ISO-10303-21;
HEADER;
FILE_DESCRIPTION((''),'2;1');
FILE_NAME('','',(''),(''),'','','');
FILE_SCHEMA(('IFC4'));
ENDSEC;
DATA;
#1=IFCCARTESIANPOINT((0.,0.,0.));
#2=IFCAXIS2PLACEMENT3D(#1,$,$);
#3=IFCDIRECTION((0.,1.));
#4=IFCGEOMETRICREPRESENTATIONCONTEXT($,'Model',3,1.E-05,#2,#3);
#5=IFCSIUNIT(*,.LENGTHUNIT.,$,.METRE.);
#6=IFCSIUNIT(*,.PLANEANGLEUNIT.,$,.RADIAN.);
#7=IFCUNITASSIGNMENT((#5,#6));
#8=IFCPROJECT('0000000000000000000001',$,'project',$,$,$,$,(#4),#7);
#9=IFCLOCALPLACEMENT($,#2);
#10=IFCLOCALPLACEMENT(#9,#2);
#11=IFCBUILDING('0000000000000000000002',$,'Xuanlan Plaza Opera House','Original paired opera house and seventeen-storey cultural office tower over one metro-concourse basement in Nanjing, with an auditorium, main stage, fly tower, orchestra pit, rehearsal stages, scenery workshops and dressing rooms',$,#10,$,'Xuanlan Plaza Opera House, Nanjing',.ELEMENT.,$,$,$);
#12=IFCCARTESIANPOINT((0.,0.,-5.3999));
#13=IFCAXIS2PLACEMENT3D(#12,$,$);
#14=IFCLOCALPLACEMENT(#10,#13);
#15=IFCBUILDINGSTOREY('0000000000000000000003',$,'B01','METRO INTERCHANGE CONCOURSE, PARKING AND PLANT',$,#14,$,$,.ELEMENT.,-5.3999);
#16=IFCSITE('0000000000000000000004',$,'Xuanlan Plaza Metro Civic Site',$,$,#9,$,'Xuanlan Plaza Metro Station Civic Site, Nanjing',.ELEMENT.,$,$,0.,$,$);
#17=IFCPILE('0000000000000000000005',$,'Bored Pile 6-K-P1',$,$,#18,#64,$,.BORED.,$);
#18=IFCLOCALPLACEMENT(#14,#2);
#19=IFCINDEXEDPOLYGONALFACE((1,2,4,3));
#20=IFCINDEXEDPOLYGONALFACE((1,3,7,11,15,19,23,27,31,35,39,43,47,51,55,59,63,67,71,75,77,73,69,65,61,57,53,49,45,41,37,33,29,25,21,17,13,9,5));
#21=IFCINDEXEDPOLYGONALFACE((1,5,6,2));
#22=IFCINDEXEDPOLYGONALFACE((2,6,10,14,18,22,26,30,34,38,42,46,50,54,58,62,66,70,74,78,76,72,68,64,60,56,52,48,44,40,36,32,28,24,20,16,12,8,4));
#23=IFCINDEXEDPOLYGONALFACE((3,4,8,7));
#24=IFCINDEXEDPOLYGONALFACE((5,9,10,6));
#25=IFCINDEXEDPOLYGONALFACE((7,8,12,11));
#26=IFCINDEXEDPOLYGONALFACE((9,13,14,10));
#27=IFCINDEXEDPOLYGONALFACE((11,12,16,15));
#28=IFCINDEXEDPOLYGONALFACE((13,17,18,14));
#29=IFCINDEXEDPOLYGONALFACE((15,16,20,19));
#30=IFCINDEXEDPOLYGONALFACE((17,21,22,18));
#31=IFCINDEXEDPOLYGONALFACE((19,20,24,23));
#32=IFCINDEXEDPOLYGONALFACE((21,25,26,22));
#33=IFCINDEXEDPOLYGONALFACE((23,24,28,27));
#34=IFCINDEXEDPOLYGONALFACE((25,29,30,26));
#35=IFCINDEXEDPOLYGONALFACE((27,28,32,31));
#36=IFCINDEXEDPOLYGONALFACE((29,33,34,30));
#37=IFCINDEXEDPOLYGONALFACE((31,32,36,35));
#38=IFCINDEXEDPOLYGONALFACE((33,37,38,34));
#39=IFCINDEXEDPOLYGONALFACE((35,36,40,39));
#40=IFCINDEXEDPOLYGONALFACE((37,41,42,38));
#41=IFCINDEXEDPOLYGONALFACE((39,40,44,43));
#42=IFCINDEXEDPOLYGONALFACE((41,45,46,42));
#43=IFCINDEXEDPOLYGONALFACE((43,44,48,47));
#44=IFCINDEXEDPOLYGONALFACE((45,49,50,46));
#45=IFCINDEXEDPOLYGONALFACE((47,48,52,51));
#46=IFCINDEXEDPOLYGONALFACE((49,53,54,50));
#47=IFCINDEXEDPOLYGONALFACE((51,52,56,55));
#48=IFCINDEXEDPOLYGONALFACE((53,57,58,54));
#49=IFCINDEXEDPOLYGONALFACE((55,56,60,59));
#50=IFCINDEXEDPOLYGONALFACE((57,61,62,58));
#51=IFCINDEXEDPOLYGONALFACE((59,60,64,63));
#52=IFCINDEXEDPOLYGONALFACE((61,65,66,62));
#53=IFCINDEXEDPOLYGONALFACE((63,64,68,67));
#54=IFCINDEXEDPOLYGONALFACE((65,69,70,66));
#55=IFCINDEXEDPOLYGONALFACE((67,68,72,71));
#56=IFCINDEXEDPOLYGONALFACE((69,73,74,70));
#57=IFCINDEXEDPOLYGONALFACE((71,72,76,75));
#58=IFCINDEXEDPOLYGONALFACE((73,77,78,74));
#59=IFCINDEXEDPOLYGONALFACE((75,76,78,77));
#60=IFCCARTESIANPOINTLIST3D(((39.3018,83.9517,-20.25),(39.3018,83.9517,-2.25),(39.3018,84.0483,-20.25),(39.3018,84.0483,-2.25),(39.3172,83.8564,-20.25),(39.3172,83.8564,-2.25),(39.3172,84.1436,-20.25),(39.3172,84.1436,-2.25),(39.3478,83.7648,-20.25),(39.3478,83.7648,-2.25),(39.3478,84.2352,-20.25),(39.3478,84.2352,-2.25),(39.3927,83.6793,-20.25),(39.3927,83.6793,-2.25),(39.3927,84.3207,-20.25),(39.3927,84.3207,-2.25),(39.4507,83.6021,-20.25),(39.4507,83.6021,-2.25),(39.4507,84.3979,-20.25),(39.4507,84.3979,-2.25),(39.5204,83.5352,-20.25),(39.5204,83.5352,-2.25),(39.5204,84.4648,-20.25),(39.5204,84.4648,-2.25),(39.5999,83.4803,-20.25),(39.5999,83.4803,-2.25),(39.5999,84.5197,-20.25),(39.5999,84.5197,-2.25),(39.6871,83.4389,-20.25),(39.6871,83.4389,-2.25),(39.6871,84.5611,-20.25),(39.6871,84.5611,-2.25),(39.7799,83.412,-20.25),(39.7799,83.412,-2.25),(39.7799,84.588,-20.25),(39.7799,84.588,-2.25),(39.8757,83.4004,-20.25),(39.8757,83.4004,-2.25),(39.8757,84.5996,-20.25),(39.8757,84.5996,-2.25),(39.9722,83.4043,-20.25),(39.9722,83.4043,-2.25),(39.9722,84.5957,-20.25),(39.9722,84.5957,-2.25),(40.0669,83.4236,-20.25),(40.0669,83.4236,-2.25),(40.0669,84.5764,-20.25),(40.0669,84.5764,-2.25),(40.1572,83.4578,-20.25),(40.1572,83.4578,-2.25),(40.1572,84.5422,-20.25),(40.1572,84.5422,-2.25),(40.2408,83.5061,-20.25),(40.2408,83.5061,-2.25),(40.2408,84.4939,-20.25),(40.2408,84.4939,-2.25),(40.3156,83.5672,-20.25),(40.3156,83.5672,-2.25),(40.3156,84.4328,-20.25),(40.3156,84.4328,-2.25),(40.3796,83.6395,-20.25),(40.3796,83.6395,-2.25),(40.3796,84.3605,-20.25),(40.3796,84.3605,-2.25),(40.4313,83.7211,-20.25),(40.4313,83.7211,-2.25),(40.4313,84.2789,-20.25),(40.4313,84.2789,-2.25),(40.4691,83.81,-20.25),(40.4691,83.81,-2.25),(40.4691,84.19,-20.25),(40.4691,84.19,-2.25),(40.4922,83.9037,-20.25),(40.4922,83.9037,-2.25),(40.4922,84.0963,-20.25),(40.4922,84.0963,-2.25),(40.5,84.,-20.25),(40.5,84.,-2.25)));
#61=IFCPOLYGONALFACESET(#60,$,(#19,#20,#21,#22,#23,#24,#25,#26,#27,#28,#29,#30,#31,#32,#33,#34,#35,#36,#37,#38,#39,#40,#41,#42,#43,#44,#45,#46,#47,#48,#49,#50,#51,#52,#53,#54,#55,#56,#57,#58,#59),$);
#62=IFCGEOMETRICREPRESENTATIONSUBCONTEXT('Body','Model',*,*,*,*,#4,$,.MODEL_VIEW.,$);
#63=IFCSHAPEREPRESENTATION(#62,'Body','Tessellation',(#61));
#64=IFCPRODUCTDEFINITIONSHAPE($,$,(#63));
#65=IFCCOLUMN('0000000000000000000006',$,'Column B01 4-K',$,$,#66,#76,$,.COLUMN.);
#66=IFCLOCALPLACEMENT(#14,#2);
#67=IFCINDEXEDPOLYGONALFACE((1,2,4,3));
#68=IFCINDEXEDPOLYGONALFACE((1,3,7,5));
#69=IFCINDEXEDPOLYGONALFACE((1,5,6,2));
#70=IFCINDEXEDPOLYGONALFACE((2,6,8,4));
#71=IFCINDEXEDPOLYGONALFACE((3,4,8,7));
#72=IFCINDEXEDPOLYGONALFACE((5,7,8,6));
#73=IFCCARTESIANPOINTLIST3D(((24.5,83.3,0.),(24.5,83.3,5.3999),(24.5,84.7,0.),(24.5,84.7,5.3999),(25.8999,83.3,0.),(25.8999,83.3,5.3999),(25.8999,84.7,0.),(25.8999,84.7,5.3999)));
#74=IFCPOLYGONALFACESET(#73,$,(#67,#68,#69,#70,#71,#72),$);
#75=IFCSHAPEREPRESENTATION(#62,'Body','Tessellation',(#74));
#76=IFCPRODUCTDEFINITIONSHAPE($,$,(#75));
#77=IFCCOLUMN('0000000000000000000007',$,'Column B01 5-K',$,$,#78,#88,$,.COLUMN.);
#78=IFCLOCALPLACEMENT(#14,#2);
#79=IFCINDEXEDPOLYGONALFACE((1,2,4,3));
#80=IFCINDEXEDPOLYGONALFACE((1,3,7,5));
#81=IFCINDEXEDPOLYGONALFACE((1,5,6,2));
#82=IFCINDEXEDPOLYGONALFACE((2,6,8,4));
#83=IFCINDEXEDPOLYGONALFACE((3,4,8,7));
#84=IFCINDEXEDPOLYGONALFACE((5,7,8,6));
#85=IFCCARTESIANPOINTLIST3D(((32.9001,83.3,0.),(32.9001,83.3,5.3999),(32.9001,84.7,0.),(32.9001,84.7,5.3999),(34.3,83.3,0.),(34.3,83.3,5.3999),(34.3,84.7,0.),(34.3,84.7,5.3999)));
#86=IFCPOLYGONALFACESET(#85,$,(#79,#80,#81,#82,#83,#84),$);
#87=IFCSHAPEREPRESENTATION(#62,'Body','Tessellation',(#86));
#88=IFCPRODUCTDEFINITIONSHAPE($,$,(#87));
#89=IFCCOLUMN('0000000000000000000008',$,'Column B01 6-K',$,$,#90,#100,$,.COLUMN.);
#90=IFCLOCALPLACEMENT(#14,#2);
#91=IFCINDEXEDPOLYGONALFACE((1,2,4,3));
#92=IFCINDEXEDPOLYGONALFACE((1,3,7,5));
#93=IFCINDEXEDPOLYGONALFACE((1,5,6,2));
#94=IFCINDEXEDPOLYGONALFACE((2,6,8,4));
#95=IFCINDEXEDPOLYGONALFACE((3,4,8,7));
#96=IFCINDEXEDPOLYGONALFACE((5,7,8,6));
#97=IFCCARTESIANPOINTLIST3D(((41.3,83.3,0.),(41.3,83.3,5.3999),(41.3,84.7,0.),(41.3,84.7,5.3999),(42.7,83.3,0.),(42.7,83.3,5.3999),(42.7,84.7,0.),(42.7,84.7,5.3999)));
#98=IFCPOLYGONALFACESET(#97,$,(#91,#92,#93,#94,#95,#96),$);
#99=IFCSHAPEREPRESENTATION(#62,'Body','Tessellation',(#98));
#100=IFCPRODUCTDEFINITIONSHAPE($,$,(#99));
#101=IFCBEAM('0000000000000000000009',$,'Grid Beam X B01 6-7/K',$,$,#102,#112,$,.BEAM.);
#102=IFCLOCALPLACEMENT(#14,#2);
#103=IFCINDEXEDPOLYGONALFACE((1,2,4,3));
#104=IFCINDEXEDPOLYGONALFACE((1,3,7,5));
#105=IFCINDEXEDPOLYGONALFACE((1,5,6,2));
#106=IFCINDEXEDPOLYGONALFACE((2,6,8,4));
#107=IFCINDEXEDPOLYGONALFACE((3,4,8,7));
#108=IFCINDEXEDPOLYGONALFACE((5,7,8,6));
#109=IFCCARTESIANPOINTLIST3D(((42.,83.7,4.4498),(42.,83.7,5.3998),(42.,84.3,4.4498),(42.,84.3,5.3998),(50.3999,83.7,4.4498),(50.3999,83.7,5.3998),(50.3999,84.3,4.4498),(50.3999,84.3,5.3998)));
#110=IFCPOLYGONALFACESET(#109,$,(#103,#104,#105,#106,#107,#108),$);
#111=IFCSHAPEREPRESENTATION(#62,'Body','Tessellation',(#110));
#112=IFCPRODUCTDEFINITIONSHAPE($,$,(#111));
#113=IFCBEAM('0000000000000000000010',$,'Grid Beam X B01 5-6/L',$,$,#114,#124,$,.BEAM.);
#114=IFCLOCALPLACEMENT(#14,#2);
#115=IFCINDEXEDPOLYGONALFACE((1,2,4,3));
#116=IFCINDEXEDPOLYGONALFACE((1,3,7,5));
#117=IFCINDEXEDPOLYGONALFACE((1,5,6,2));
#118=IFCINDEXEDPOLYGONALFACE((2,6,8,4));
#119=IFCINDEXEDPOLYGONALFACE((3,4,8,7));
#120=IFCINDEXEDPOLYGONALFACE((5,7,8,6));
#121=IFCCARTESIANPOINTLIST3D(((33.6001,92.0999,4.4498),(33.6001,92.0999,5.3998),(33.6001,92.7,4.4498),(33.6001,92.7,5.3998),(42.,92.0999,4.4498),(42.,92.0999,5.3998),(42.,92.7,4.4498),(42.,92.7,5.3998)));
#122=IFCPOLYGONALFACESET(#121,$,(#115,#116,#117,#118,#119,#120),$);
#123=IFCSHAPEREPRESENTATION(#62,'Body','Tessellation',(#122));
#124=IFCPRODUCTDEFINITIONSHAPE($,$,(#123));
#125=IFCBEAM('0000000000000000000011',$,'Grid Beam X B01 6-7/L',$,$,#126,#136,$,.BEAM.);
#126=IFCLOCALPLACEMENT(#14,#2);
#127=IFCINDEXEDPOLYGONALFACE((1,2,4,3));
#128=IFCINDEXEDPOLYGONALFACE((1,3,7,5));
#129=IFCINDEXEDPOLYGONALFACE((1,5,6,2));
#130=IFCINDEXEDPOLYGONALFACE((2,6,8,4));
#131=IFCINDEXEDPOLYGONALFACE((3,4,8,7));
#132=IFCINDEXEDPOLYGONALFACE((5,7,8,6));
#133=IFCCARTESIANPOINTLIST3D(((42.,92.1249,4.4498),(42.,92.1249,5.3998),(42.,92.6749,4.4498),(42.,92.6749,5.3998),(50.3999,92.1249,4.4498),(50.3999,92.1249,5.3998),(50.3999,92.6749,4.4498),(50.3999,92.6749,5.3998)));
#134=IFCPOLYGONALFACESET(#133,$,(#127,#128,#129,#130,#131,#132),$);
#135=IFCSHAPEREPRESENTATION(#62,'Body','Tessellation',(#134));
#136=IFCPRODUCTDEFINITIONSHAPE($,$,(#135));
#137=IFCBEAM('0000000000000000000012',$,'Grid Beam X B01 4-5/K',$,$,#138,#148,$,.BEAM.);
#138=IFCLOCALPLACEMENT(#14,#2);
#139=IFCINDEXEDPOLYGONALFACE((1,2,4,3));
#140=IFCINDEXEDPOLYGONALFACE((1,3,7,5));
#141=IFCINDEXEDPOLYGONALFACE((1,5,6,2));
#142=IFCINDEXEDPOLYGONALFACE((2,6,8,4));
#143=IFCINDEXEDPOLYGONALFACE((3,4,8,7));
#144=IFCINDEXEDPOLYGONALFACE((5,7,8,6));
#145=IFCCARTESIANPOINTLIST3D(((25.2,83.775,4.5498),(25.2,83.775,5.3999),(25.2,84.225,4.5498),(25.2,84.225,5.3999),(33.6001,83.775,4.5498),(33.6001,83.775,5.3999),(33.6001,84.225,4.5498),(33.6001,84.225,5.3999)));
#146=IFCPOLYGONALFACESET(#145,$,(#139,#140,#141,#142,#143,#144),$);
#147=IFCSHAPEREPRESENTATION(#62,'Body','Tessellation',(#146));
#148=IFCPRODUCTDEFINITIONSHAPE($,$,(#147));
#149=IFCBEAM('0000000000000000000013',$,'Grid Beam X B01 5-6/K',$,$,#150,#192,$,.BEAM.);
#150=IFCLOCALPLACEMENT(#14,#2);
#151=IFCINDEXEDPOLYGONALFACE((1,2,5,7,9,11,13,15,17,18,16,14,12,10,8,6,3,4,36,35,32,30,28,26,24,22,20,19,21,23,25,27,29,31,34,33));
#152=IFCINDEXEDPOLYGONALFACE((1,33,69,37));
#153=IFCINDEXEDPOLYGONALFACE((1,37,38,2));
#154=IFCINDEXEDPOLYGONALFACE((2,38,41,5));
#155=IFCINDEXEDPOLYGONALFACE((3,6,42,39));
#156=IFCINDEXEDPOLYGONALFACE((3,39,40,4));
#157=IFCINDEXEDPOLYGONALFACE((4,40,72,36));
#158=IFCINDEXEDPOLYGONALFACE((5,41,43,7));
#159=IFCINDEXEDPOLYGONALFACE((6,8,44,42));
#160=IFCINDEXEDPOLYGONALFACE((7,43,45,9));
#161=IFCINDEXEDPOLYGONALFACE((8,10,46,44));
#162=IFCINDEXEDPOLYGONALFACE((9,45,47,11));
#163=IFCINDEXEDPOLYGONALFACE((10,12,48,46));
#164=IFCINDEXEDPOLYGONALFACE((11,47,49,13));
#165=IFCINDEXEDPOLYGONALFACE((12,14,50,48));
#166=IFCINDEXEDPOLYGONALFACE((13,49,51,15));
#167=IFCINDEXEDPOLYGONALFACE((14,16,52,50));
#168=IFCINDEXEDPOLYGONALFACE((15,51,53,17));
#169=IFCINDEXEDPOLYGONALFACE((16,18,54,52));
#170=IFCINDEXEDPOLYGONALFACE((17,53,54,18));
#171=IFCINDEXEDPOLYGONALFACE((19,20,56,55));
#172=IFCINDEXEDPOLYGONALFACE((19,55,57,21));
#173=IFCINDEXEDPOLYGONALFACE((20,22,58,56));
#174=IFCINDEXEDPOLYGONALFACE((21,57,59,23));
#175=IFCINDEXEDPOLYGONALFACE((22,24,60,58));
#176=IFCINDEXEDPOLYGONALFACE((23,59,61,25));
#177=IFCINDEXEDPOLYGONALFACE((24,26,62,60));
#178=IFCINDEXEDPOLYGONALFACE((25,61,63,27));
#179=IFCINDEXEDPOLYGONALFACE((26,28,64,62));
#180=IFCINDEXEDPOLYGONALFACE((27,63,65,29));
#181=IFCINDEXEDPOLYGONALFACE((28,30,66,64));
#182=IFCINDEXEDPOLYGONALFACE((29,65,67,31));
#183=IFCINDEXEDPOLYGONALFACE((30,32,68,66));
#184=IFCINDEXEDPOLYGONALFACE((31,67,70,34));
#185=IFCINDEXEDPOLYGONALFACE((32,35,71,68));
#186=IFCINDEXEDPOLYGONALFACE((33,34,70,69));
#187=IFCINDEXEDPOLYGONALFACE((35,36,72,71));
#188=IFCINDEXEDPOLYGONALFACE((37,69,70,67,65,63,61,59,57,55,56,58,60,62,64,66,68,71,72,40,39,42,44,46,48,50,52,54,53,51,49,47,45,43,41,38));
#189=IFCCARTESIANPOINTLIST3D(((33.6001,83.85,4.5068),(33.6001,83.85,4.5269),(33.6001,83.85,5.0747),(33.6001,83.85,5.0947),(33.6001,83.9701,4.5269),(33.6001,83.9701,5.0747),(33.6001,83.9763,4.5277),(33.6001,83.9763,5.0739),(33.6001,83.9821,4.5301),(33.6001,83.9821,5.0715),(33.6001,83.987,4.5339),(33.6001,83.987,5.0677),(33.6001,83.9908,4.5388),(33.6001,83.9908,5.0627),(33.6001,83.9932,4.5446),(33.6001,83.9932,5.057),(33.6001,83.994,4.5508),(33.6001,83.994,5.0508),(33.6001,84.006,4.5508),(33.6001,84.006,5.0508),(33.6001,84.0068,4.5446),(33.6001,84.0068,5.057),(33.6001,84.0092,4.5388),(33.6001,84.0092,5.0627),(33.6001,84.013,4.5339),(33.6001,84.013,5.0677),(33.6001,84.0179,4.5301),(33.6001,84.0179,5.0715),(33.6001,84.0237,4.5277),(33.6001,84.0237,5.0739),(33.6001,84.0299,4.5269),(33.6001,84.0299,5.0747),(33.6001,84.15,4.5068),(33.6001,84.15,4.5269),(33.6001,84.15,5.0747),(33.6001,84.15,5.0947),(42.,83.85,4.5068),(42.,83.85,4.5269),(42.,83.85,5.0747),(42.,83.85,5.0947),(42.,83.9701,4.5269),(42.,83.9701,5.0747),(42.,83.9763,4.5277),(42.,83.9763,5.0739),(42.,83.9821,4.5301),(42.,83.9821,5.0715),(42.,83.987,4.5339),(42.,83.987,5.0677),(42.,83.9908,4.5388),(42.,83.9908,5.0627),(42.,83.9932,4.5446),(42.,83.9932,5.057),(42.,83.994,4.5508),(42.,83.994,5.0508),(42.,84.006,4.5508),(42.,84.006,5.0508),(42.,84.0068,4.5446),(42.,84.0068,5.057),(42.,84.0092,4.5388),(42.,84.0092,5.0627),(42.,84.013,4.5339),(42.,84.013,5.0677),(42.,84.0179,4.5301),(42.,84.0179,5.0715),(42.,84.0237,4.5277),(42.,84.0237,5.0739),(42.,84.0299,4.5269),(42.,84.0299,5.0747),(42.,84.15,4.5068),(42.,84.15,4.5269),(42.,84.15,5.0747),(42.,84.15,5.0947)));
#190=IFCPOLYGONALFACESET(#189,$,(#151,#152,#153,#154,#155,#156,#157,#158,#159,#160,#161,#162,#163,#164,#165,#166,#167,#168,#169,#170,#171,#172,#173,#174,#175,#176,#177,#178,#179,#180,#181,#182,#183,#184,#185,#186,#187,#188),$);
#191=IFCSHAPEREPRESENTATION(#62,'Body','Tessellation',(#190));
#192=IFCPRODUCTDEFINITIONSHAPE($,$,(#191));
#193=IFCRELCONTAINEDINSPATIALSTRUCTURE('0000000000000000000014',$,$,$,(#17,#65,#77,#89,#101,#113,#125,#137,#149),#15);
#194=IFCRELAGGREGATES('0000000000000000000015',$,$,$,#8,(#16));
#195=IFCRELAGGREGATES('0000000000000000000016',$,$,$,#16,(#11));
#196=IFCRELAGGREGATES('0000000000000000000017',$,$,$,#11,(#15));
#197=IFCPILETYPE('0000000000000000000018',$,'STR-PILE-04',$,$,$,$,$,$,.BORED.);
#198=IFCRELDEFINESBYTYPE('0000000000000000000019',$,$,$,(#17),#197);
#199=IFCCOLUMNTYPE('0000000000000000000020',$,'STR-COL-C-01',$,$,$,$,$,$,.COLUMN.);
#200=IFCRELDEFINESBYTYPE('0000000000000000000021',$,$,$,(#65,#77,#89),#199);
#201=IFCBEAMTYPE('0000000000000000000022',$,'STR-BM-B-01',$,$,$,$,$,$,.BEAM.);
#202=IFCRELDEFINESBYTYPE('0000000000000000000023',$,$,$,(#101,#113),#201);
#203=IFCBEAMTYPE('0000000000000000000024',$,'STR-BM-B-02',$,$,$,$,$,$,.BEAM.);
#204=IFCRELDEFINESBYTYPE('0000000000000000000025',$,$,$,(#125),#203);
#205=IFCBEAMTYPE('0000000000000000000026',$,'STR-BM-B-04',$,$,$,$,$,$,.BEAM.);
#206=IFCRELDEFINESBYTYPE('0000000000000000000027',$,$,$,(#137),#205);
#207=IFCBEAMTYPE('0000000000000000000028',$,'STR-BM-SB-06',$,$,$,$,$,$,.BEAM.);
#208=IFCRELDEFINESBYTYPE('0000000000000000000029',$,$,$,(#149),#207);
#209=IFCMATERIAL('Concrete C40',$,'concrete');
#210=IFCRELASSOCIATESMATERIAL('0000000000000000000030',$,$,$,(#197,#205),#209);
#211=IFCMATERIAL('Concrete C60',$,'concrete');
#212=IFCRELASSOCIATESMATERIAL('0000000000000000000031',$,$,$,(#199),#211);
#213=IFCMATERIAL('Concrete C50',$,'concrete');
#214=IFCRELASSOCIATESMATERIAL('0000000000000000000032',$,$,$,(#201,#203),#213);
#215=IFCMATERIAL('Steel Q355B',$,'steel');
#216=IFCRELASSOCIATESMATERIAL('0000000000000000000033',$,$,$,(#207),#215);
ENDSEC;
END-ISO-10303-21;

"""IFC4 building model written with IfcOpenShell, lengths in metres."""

from ifc_helpers import new_model, si_unit, direction, frame, origin, origin_2d, place, context, subcontext, project, spatial, rectangle, circle, i_section, extrude, material, material_profile, profile_set, type_object, element, save


model = new_model("IFC4")

# Units and contexts
model_context = context("Model", 3, precision=1e-05, world=origin(), true_north=direction((0.0, 1.0)))
body_context = subcontext(model_context, "Body", "Model", "MODEL_VIEW")
ifc_project = project(units=[si_unit("LENGTHUNIT", "METRE"), si_unit("PLANEANGLEUNIT", "RADIAN")], contexts=[model_context])

# Site, building, storey
site_placement = place(None, origin())
site = spatial("IfcSite", under=ifc_project, at=site_placement, Name="Xuanlan Plaza Metro Civic Site", LongName="Xuanlan Plaza Metro Station Civic Site, Nanjing", CompositionType="ELEMENT", RefElevation=0.0)
building_placement = place(site_placement, origin())
building = spatial("IfcBuilding", under=site, at=building_placement, Name="Xuanlan Plaza Opera House", Description="Original paired opera house and seventeen-storey cultural office tower over one metro-concourse basement in Nanjing, with an auditorium, main stage, fly tower, orchestra pit, rehearsal stages, scenery workshops and dressing rooms", LongName="Xuanlan Plaza Opera House, Nanjing", CompositionType="ELEMENT")
storey_placement = place(building_placement, frame((0.0, 0.0, -5.3999)))
storey = spatial("IfcBuildingStorey", under=building, at=storey_placement, Name="B01", Description="METRO INTERCHANGE CONCOURSE, PARKING AND PLANT", CompositionType="ELEMENT", Elevation=-5.3999)

# Shared definitions
ifc_material_1 = material(Name="Concrete C50", Category="concrete")

# Pile
ifc_material_2 = material(Name="Concrete C40", Category="concrete")
ifc_material_profile_1 = material_profile(ifc_material_2, circle(Radius=0.6001, at=origin_2d()), Name="PILE D1200")
ifc_profile_set_1 = profile_set([ifc_material_profile_1], Name="Concrete C40")
pile_type = type_object("IfcPileType", Name="STR-PILE-04", PredefinedType="BORED", material=ifc_profile_set_1)
for number, where, z_axis, x_axis, name in (
    (1, (39.8999, 84.0, -2.25), (0.0, 0.0, -1.0), (1.0, 0.0, 0.0), "Bored Pile 6-K-P1"),
):
    element("IfcPile", number, at=place(storey_placement, frame(where, z_axis=z_axis, x_axis=x_axis)), inside=storey, type_object=pile_type, Name=name, PredefinedType="BORED", context=body_context, shape_type="SweptSolid", body=[
        extrude(circle(Radius=0.6001, at=origin_2d()), origin(), (0.0, 0.0, 1.0), 18.0),
    ])

# Columns
ifc_material_3 = material(Name="Concrete C60", Category="concrete")
ifc_material_profile_2 = material_profile(ifc_material_3, rectangle(XDim=1.3999, YDim=1.3999, at=origin_2d()), Name="RC-COL 1400x1400")
ifc_profile_set_2 = profile_set([ifc_material_profile_2], Name="Concrete C60")
column_type = type_object("IfcColumnType", Name="STR-COL-C-01", PredefinedType="COLUMN", material=ifc_profile_set_2)
for number, where, z_axis, x_axis, name in (
    (2, (25.2, 84.0, 0.0), (0.0, 0.0, 1.0), (1.0, 0.0, 0.0), "Column B01 4-K"),
    (3, (33.6001, 84.0, 0.0), (0.0, 0.0, 1.0), (1.0, 0.0, 0.0), "Column B01 5-K"),
    (4, (42.0, 84.0, 0.0), (0.0, 0.0, 1.0), (1.0, 0.0, 0.0), "Column B01 6-K"),
):
    element("IfcColumn", number, at=place(storey_placement, frame(where, z_axis=z_axis, x_axis=x_axis)), inside=storey, type_object=column_type, Name=name, PredefinedType="COLUMN", context=body_context, shape_type="SweptSolid", body=[
        extrude(rectangle(XDim=1.3999, YDim=1.3999, at=origin_2d()), origin(), (0.0, 0.0, 1.0), 5.3999),
    ])

# Beams
ifc_material_profile_3 = material_profile(ifc_material_1, rectangle(XDim=0.6001, YDim=0.95, at=origin_2d()), Name="RC-BM 600x950")
ifc_profile_set_3 = profile_set([ifc_material_profile_3], Name="Concrete C50")
beam_type_1 = type_object("IfcBeamType", Name="STR-BM-B-01", PredefinedType="BEAM", material=ifc_profile_set_3)
for number, where, z_axis, x_axis, name in (
    (5, (42.0, 84.0, 4.9248), (1.0, 0.0, 0.0), (0.0, 1.0, 0.0), "Grid Beam X B01 6-7/K"),
    (6, (33.6001, 92.3999, 4.9248), (1.0, 0.0, 0.0), (0.0, 1.0, 0.0), "Grid Beam X B01 5-6/L"),
):
    element("IfcBeam", number, at=place(storey_placement, frame(where, z_axis=z_axis, x_axis=x_axis)), inside=storey, type_object=beam_type_1, Name=name, PredefinedType="BEAM", context=body_context, shape_type="SweptSolid", body=[
        extrude(rectangle(XDim=0.6001, YDim=0.95, at=origin_2d()), origin(), (0.0, 0.0, 1.0), 8.3999),
    ])
ifc_material_profile_4 = material_profile(ifc_material_1, rectangle(XDim=0.55, YDim=0.95, at=origin_2d()), Name="RC-BM 550x950")
ifc_profile_set_4 = profile_set([ifc_material_profile_4], Name="Concrete C50")
beam_type_2 = type_object("IfcBeamType", Name="STR-BM-B-02", PredefinedType="BEAM", material=ifc_profile_set_4)
beam_1_placement = place(storey_placement, frame((42.0, 92.3999, 4.9248), z_axis=(1.0, 0.0, 0.0), x_axis=(0.0, 1.0, 0.0)))
element("IfcBeam", 7, at=beam_1_placement, inside=storey, type_object=beam_type_2, Name="Grid Beam X B01 6-7/L", PredefinedType="BEAM", context=body_context, shape_type="SweptSolid", body=[
    extrude(rectangle(XDim=0.55, YDim=0.95, at=origin_2d()), origin(), (0.0, 0.0, 1.0), 8.3999),
])
ifc_material_profile_5 = material_profile(ifc_material_2, rectangle(XDim=0.45, YDim=0.8501, at=origin_2d()), Name="RC-BM 450x850")
ifc_profile_set_5 = profile_set([ifc_material_profile_5], Name="Concrete C40")
beam_type_3 = type_object("IfcBeamType", Name="STR-BM-B-04", PredefinedType="BEAM", material=ifc_profile_set_5)
beam_2_placement = place(storey_placement, frame((25.2, 84.0, 4.9749), z_axis=(1.0, 0.0, 0.0), x_axis=(0.0, 1.0, 0.0)))
element("IfcBeam", 8, at=beam_2_placement, inside=storey, type_object=beam_type_3, Name="Grid Beam X B01 4-5/K", PredefinedType="BEAM", context=body_context, shape_type="SweptSolid", body=[
    extrude(rectangle(XDim=0.45, YDim=0.8501, at=origin_2d()), origin(), (0.0, 0.0, 1.0), 8.4001),
])
ifc_material_4 = material(Name="Steel Q355B", Category="steel")
ifc_material_profile_6 = material_profile(ifc_material_4, i_section(OverallWidth=0.3, OverallDepth=0.5879, WebThickness=0.012, FlangeThickness=0.02, FilletRadius=0.0239, at=origin_2d()), Name="HM 588x300x12x20")
ifc_profile_set_6 = profile_set([ifc_material_profile_6], Name="Steel Q355B")
beam_type_4 = type_object("IfcBeamType", Name="STR-BM-SB-06", PredefinedType="BEAM", material=ifc_profile_set_6)
beam_3_placement = place(storey_placement, frame((33.6001, 84.0, 4.8008), z_axis=(1.0, 0.0, 0.0), x_axis=(0.0, 1.0, 0.0)))
element("IfcBeam", 9, at=beam_3_placement, inside=storey, type_object=beam_type_4, Name="Grid Beam X B01 5-6/K", PredefinedType="BEAM", context=body_context, shape_type="SweptSolid", body=[
    extrude(i_section(OverallWidth=0.3, OverallDepth=0.5879, WebThickness=0.012, FlangeThickness=0.02, FilletRadius=0.0239, at=origin_2d()), origin(), (0.0, 0.0, 1.0), 8.3999),
])

save(model, "model.ifc")
